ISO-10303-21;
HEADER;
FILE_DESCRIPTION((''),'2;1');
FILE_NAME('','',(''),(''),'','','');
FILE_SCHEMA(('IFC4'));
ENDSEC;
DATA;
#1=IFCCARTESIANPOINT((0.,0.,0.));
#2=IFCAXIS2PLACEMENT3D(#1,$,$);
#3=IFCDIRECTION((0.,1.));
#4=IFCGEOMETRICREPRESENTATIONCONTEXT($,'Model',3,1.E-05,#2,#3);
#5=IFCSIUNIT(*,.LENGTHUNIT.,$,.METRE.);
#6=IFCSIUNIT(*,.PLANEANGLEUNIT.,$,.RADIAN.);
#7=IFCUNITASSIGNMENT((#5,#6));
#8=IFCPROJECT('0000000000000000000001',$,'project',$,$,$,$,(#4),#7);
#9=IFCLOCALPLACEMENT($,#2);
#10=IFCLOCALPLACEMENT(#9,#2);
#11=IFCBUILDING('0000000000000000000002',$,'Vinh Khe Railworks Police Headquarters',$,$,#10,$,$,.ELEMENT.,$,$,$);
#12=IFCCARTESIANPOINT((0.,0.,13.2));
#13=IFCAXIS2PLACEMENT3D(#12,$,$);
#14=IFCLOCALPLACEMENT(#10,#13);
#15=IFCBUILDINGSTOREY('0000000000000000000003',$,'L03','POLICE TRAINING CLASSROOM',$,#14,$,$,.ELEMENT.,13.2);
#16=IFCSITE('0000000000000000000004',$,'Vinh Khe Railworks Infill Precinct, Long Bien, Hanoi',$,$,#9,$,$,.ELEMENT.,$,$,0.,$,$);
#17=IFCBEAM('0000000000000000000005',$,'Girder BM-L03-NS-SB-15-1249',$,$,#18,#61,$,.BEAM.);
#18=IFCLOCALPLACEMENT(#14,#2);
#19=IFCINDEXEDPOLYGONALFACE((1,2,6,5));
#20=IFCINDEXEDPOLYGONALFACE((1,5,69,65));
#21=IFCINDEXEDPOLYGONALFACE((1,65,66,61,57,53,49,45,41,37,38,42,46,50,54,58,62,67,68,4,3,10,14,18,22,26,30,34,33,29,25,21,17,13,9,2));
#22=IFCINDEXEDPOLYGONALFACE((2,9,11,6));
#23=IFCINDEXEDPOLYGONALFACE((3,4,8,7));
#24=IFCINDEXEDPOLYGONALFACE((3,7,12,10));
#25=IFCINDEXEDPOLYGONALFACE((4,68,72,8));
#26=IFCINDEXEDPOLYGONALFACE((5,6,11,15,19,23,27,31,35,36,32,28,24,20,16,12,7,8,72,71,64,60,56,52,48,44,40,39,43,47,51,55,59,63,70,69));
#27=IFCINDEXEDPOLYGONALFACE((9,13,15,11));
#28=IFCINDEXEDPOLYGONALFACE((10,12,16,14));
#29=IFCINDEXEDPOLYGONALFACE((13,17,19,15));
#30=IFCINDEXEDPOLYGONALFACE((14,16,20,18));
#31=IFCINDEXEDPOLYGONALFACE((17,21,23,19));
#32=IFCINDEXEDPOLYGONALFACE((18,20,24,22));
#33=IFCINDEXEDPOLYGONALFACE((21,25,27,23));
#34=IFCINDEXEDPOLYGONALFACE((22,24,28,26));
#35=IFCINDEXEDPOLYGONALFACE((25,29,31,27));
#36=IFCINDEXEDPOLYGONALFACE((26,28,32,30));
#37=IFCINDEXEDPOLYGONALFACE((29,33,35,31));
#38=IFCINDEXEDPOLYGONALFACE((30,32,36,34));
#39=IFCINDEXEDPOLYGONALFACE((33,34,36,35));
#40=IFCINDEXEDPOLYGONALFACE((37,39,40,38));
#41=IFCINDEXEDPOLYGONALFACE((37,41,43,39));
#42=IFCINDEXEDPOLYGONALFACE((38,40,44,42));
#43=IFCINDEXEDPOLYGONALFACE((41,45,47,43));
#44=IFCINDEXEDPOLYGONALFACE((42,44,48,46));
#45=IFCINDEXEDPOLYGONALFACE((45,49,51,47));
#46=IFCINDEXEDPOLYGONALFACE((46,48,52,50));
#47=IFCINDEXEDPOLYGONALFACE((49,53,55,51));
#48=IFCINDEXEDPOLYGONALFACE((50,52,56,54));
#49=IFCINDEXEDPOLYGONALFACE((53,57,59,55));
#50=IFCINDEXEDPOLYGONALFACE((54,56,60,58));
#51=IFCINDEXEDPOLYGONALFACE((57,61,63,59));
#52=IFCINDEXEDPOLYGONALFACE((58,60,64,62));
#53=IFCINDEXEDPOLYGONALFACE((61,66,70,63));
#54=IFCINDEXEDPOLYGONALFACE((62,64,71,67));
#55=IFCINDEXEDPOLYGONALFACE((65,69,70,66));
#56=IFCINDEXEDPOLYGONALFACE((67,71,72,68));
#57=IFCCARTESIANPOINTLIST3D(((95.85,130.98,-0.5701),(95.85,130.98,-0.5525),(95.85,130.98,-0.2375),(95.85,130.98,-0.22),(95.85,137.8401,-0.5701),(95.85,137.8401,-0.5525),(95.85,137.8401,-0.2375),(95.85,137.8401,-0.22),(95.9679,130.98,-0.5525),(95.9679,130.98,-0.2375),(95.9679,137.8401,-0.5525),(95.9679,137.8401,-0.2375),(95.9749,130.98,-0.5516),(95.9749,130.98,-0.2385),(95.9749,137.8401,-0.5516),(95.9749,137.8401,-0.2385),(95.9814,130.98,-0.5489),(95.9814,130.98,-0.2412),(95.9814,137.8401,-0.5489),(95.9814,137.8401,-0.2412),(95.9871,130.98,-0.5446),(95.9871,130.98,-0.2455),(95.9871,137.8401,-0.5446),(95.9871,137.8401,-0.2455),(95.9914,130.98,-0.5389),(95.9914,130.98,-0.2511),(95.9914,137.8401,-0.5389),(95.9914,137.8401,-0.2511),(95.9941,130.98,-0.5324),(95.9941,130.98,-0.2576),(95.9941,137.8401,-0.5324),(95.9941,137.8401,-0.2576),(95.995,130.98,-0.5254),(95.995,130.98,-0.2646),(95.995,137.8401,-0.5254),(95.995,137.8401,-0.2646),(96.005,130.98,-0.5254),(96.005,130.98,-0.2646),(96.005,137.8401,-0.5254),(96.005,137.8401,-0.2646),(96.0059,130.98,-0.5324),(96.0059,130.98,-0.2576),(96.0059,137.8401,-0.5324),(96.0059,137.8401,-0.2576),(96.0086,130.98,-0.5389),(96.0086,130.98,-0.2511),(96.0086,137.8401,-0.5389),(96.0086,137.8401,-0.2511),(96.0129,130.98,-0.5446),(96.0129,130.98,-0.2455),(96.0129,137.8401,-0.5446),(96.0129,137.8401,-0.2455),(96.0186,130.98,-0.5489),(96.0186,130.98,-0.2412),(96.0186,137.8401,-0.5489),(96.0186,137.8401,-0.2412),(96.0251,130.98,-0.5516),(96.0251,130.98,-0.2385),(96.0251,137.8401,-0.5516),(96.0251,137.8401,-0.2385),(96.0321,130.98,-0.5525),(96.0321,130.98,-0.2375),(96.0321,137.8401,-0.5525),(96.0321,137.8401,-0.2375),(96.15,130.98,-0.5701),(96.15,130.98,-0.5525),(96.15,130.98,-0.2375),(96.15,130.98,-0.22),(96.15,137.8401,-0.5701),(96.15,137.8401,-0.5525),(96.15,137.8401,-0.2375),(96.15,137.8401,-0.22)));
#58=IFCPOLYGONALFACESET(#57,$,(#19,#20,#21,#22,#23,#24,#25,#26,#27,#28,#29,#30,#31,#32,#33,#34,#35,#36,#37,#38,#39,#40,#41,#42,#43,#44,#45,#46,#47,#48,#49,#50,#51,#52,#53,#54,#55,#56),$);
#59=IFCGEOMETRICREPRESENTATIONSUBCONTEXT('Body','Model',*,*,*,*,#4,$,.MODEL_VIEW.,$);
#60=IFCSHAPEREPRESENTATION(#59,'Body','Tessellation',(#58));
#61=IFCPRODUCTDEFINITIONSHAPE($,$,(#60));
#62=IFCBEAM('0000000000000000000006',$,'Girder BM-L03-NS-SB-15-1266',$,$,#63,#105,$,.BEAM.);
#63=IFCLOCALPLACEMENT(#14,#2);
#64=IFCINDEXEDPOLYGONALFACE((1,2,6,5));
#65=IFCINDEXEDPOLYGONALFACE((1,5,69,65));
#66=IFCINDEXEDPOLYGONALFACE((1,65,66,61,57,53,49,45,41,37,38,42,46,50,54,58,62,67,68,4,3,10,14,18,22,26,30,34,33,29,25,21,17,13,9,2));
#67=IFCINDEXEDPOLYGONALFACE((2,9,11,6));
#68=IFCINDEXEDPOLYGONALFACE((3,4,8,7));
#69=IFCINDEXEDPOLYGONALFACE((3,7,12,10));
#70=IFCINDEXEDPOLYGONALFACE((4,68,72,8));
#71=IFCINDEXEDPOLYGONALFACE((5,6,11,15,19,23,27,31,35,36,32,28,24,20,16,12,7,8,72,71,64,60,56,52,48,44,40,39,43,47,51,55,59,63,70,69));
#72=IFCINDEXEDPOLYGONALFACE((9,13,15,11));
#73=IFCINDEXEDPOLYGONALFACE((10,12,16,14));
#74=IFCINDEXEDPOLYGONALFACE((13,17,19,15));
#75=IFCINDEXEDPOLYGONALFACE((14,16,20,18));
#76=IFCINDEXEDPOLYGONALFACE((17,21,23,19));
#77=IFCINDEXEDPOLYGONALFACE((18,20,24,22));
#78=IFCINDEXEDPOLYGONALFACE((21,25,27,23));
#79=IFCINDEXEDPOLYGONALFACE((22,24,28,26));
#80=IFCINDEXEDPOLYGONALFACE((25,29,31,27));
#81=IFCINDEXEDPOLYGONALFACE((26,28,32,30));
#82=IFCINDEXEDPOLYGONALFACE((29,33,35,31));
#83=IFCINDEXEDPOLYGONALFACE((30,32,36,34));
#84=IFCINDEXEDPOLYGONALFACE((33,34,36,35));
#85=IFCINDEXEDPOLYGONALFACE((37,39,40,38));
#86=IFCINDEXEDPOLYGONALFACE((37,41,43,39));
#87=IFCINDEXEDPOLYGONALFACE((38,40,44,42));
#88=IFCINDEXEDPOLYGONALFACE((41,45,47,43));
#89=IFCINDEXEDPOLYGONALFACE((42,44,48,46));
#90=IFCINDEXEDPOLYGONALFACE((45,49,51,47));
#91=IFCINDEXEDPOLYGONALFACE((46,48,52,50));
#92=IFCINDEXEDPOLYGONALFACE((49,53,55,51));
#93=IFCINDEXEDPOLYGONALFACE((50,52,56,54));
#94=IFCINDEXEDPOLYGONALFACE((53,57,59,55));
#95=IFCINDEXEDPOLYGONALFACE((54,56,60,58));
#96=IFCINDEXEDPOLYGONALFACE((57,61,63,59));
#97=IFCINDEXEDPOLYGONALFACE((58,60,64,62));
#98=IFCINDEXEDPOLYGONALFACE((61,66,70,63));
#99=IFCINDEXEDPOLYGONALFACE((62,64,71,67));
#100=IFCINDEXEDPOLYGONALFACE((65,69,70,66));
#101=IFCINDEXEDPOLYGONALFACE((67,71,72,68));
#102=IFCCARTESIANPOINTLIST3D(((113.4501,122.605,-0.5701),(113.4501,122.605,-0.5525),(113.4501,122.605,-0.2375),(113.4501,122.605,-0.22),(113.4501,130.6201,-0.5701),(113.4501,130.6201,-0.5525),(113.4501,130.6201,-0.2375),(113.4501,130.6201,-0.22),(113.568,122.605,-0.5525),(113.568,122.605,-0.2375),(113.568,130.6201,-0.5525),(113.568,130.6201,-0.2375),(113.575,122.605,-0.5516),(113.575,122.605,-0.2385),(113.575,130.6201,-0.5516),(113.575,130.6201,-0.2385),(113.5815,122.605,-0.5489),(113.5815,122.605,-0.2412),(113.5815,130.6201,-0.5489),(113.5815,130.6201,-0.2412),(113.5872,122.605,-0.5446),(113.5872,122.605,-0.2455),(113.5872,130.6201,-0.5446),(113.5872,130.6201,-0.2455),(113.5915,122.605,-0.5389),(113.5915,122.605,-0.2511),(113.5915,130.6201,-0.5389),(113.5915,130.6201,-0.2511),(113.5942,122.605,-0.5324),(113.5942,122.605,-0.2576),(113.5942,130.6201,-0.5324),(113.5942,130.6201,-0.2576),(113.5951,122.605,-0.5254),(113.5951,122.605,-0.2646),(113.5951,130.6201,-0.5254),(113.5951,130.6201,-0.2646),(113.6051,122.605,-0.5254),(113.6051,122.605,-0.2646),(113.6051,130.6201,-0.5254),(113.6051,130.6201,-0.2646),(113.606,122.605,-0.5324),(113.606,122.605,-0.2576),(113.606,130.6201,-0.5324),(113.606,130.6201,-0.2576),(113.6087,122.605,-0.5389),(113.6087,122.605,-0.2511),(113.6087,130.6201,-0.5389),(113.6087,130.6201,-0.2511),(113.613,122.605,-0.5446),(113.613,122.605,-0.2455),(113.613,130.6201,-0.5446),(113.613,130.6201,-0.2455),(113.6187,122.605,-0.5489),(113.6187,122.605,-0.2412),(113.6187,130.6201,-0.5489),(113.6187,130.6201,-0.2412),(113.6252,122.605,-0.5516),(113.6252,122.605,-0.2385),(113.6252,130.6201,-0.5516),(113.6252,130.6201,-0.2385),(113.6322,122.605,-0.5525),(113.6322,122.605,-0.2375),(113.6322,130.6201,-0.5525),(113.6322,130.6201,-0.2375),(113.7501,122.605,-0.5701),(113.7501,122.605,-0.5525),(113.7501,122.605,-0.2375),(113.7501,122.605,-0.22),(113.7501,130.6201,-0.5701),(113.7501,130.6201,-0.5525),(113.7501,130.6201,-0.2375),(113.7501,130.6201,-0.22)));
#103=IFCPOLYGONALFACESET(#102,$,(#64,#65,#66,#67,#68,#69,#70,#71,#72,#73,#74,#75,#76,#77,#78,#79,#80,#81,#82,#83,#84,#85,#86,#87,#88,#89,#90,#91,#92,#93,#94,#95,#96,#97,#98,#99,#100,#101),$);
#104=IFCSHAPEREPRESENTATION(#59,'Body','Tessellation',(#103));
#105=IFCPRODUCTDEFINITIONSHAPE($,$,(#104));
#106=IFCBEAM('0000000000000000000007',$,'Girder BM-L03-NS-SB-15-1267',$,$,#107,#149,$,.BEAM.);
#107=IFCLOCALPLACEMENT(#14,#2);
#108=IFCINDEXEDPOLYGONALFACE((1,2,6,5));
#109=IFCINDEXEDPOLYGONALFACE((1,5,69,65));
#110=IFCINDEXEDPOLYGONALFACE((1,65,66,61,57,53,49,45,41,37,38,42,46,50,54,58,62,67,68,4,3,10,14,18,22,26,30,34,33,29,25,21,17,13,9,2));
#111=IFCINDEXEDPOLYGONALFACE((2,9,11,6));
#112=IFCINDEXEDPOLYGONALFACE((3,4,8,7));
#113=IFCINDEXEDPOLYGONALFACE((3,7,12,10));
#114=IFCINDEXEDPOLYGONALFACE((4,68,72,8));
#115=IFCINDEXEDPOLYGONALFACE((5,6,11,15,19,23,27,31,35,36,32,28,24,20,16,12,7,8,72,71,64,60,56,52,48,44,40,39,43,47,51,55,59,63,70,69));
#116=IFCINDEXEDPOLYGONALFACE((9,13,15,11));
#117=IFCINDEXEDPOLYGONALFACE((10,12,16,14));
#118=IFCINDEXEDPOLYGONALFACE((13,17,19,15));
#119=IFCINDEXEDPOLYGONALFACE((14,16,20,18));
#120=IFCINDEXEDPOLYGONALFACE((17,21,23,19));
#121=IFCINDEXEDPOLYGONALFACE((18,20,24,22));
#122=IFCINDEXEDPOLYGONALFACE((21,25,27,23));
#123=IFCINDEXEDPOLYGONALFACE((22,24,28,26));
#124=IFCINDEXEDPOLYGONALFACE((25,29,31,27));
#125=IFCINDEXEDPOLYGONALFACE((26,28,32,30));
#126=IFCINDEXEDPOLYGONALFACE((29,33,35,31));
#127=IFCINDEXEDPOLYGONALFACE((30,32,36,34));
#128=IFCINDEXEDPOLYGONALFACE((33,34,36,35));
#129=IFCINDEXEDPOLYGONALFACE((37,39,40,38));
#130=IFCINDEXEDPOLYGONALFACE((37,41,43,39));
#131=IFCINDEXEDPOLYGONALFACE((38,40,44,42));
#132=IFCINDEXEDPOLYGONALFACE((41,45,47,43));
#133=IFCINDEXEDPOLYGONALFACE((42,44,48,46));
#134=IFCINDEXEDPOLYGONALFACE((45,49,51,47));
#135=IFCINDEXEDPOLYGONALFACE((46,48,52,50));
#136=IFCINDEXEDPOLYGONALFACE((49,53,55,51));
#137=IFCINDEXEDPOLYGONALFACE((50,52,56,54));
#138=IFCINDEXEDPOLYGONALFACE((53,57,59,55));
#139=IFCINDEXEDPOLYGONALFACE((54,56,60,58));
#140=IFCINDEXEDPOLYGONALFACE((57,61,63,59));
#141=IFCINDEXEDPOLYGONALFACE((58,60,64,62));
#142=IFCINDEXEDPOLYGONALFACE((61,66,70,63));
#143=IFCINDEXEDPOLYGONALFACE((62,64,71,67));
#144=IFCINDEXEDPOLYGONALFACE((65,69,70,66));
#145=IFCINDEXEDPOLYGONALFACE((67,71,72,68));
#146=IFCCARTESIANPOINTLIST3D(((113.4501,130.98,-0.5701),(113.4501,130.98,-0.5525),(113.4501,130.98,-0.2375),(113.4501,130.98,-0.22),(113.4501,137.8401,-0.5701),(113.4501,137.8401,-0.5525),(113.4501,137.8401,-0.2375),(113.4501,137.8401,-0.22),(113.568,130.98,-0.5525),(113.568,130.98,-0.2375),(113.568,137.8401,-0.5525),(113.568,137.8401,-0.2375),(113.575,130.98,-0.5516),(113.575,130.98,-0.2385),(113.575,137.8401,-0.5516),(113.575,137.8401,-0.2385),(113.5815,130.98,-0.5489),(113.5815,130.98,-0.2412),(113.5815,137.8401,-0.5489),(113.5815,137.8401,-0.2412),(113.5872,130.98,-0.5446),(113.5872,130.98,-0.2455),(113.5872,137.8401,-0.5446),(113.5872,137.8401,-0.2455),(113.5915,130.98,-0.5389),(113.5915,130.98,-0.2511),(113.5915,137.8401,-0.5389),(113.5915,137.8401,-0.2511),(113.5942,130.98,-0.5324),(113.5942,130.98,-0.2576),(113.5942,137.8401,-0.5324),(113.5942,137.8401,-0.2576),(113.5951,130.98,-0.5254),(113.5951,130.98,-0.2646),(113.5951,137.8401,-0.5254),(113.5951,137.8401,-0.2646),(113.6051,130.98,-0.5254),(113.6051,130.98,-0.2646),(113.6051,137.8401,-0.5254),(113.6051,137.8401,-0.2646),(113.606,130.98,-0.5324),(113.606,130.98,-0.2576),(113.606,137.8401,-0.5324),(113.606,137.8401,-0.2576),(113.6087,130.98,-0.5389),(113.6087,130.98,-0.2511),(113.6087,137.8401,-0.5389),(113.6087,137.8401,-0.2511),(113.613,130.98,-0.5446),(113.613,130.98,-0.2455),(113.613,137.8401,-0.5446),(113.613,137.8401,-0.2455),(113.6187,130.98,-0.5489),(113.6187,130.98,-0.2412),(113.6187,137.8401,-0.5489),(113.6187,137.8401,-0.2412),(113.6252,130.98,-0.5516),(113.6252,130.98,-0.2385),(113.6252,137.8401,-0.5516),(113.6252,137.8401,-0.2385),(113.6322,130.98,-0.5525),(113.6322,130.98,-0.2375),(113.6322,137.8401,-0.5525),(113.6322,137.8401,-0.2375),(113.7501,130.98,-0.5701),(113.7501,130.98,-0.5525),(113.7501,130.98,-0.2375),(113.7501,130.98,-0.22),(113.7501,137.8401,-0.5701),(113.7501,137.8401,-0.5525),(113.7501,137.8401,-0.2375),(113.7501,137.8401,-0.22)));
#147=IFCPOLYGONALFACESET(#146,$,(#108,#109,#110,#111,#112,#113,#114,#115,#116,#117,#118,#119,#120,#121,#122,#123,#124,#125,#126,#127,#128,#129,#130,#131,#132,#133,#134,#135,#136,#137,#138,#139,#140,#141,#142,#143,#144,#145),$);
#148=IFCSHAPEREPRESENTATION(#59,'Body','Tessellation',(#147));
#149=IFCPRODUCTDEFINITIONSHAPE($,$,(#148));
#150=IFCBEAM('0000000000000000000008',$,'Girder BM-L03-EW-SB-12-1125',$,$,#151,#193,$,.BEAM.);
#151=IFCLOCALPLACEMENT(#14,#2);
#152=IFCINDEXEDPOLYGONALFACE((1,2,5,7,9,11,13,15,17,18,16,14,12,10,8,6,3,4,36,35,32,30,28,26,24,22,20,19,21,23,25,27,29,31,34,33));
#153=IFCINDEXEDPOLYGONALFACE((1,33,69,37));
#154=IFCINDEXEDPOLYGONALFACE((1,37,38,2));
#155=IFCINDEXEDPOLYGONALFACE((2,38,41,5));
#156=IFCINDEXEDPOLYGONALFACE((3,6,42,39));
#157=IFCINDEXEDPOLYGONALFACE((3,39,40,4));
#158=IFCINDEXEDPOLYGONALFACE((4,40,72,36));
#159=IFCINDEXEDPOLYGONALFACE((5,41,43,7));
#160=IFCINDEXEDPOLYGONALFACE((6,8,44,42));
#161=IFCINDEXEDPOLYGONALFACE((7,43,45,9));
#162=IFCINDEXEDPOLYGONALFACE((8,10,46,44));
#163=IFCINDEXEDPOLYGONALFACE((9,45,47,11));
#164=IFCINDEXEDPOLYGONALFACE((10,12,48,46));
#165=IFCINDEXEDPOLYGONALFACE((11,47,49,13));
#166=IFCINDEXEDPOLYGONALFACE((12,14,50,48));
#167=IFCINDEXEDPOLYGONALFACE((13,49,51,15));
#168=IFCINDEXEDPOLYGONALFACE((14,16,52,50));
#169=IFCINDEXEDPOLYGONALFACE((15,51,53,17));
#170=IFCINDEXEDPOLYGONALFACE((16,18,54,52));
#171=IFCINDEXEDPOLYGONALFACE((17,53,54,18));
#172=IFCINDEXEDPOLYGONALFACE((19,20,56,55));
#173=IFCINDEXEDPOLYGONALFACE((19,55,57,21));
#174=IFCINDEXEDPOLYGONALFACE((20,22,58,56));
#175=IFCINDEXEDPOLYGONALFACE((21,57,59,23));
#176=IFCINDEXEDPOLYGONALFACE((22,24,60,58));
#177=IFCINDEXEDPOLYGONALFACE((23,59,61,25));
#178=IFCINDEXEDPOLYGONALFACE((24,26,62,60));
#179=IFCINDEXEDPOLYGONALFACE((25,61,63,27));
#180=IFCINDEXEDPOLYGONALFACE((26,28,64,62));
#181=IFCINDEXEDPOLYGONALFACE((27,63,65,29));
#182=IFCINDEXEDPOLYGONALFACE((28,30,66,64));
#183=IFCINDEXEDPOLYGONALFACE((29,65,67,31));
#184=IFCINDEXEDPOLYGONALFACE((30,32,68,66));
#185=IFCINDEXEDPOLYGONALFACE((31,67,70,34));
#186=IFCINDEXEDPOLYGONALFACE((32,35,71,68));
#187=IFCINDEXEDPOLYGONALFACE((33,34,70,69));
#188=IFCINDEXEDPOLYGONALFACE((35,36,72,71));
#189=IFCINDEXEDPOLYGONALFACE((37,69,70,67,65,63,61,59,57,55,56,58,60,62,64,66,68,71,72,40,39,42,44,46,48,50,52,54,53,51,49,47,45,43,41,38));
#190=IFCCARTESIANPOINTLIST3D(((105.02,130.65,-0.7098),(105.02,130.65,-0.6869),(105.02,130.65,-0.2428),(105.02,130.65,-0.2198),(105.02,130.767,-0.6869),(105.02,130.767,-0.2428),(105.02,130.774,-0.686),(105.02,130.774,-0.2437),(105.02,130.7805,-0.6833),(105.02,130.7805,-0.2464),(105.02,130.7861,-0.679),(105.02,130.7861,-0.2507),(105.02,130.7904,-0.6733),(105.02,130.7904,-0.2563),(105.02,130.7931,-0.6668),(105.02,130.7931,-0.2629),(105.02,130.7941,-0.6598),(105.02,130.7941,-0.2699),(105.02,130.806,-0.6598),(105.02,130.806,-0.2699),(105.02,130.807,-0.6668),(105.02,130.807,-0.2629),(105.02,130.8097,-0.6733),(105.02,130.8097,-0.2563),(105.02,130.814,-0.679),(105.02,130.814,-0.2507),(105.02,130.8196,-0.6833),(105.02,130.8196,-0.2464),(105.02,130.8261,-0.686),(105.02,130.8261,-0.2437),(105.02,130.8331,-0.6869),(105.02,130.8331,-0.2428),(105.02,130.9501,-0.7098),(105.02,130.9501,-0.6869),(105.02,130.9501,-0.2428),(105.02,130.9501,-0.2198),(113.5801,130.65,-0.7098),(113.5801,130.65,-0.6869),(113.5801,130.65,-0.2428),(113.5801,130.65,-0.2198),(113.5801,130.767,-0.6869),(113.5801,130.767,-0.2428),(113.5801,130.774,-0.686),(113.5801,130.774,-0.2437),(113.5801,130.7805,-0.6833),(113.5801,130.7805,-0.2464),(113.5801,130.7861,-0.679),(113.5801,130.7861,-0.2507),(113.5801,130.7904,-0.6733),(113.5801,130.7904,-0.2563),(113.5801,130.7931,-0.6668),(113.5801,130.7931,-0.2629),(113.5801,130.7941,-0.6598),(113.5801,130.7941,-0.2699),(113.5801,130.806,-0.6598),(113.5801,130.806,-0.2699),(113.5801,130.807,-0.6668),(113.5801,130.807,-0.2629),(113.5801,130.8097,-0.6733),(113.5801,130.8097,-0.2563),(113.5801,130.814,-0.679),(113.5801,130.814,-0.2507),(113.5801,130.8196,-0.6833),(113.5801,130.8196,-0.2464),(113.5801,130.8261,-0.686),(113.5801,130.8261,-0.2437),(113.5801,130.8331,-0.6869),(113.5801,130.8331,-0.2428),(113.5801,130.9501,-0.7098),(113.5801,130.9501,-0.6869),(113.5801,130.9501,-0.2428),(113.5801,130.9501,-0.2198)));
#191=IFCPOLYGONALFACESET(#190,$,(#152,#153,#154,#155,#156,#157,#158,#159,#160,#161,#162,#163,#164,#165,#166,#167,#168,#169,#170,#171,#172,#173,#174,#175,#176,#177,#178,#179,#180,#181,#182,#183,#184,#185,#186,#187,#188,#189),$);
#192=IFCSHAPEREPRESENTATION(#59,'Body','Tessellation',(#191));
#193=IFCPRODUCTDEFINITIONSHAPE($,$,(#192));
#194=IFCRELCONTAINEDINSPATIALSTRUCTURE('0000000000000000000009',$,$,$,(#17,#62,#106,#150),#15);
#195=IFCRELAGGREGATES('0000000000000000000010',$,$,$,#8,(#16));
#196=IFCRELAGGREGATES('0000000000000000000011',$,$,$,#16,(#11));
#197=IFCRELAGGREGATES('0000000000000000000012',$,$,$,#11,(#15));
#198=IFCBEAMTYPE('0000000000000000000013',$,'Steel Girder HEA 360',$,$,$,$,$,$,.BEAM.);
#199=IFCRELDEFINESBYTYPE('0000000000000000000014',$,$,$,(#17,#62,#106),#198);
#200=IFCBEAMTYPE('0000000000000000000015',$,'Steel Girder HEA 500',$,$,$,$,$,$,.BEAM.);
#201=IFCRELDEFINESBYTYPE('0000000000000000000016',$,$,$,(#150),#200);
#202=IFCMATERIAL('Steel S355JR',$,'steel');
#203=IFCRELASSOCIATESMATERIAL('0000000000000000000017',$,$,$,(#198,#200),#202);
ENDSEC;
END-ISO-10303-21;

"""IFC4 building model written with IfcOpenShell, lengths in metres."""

from ifc_helpers import new_model, si_unit, direction, frame, origin, origin_2d, place, context, subcontext, project, spatial, i_section, extrude, material, material_profile, profile_set, type_object, element, save


model = new_model("IFC4")

# Units and contexts
model_context = context("Model", 3, precision=1e-05, world=origin(), true_north=direction((0.0, 1.0)))
body_context = subcontext(model_context, "Body", "Model", "MODEL_VIEW")
ifc_project = project(units=[si_unit("LENGTHUNIT", "METRE"), si_unit("PLANEANGLEUNIT", "RADIAN")], contexts=[model_context])

# Site, building, storey
site_placement = place(None, origin())
site = spatial("IfcSite", under=ifc_project, at=site_placement, Name="Vinh Khe Railworks Infill Precinct, Long Bien, Hanoi", CompositionType="ELEMENT", RefElevation=0.0)
building_placement = place(site_placement, origin())
building = spatial("IfcBuilding", under=site, at=building_placement, Name="Vinh Khe Railworks Police Headquarters", CompositionType="ELEMENT")
storey_placement = place(building_placement, frame((0.0, 0.0, 13.2)))
storey = spatial("IfcBuildingStorey", under=building, at=storey_placement, Name="L03", Description="POLICE TRAINING CLASSROOM", CompositionType="ELEMENT", Elevation=13.2)

# Shared definitions
ifc_material_1 = material(Name="Steel S355JR", Category="steel")

# Beams
ifc_material_profile_1 = material_profile(ifc_material_1, i_section(OverallWidth=0.3, OverallDepth=0.3501, WebThickness=0.01, FlangeThickness=0.0176, FilletRadius=0.0271, at=origin_2d()), Name="HEA 360")
ifc_profile_set_1 = profile_set([ifc_material_profile_1], Name="Steel S355JR")
beam_type_1 = type_object("IfcBeamType", Name="Steel Girder HEA 360", PredefinedType="BEAM", material=ifc_profile_set_1)
beam_1_placement = place(storey_placement, frame((96.0, 130.98, -0.395), z_axis=(0.0, 1.0, 0.0), x_axis=(-1.0, 0.0, 0.0)))
element("IfcBeam", 1, at=beam_1_placement, inside=storey, type_object=beam_type_1, Name="Girder BM-L03-NS-SB-15-1249", PredefinedType="BEAM", context=body_context, shape_type="SweptSolid", body=[
    extrude(i_section(OverallWidth=0.3, OverallDepth=0.3501, WebThickness=0.01, FlangeThickness=0.0176, FilletRadius=0.0271, at=origin_2d()), origin(), (0.0, 0.0, 1.0), 6.8601),
])
beam_2_placement = place(storey_placement, frame((113.6001, 122.605, -0.395), z_axis=(0.0, 1.0, 0.0), x_axis=(-1.0, 0.0, 0.0)))
element("IfcBeam", 2, at=beam_2_placement, inside=storey, type_object=beam_type_1, Name="Girder BM-L03-NS-SB-15-1266", PredefinedType="BEAM", context=body_context, shape_type="SweptSolid", body=[
    extrude(i_section(OverallWidth=0.3, OverallDepth=0.3501, WebThickness=0.01, FlangeThickness=0.0176, FilletRadius=0.0271, at=origin_2d()), origin(), (0.0, 0.0, 1.0), 8.0151),
])
beam_3_placement = place(storey_placement, frame((113.6001, 130.98, -0.395), z_axis=(0.0, 1.0, 0.0), x_axis=(-1.0, 0.0, 0.0)))
element("IfcBeam", 3, at=beam_3_placement, inside=storey, type_object=beam_type_1, Name="Girder BM-L03-NS-SB-15-1267", PredefinedType="BEAM", context=body_context, shape_type="SweptSolid", body=[
    extrude(i_section(OverallWidth=0.3, OverallDepth=0.3501, WebThickness=0.01, FlangeThickness=0.0176, FilletRadius=0.0271, at=origin_2d()), origin(), (0.0, 0.0, 1.0), 6.8601),
])
ifc_material_profile_2 = material_profile(ifc_material_1, i_section(OverallWidth=0.3, OverallDepth=0.49, WebThickness=0.012, FlangeThickness=0.0229, FilletRadius=0.0271, at=origin_2d()), Name="HEA 500")
ifc_profile_set_2 = profile_set([ifc_material_profile_2], Name="Steel S355JR")
beam_type_2 = type_object("IfcBeamType", Name="Steel Girder HEA 500", PredefinedType="BEAM", material=ifc_profile_set_2)
beam_4_placement = place(storey_placement, frame((105.02, 130.8, -0.4648), z_axis=(1.0, 0.0, 0.0), x_axis=(0.0, 1.0, 0.0)))
element("IfcBeam", 4, at=beam_4_placement, inside=storey, type_object=beam_type_2, Name="Girder BM-L03-EW-SB-12-1125", PredefinedType="BEAM", context=body_context, shape_type="SweptSolid", body=[
    extrude(i_section(OverallWidth=0.3, OverallDepth=0.49, WebThickness=0.012, FlangeThickness=0.0229, FilletRadius=0.0271, at=origin_2d()), origin(), (0.0, 0.0, 1.0), 8.5601),
])

save(model, "model.ifc")
